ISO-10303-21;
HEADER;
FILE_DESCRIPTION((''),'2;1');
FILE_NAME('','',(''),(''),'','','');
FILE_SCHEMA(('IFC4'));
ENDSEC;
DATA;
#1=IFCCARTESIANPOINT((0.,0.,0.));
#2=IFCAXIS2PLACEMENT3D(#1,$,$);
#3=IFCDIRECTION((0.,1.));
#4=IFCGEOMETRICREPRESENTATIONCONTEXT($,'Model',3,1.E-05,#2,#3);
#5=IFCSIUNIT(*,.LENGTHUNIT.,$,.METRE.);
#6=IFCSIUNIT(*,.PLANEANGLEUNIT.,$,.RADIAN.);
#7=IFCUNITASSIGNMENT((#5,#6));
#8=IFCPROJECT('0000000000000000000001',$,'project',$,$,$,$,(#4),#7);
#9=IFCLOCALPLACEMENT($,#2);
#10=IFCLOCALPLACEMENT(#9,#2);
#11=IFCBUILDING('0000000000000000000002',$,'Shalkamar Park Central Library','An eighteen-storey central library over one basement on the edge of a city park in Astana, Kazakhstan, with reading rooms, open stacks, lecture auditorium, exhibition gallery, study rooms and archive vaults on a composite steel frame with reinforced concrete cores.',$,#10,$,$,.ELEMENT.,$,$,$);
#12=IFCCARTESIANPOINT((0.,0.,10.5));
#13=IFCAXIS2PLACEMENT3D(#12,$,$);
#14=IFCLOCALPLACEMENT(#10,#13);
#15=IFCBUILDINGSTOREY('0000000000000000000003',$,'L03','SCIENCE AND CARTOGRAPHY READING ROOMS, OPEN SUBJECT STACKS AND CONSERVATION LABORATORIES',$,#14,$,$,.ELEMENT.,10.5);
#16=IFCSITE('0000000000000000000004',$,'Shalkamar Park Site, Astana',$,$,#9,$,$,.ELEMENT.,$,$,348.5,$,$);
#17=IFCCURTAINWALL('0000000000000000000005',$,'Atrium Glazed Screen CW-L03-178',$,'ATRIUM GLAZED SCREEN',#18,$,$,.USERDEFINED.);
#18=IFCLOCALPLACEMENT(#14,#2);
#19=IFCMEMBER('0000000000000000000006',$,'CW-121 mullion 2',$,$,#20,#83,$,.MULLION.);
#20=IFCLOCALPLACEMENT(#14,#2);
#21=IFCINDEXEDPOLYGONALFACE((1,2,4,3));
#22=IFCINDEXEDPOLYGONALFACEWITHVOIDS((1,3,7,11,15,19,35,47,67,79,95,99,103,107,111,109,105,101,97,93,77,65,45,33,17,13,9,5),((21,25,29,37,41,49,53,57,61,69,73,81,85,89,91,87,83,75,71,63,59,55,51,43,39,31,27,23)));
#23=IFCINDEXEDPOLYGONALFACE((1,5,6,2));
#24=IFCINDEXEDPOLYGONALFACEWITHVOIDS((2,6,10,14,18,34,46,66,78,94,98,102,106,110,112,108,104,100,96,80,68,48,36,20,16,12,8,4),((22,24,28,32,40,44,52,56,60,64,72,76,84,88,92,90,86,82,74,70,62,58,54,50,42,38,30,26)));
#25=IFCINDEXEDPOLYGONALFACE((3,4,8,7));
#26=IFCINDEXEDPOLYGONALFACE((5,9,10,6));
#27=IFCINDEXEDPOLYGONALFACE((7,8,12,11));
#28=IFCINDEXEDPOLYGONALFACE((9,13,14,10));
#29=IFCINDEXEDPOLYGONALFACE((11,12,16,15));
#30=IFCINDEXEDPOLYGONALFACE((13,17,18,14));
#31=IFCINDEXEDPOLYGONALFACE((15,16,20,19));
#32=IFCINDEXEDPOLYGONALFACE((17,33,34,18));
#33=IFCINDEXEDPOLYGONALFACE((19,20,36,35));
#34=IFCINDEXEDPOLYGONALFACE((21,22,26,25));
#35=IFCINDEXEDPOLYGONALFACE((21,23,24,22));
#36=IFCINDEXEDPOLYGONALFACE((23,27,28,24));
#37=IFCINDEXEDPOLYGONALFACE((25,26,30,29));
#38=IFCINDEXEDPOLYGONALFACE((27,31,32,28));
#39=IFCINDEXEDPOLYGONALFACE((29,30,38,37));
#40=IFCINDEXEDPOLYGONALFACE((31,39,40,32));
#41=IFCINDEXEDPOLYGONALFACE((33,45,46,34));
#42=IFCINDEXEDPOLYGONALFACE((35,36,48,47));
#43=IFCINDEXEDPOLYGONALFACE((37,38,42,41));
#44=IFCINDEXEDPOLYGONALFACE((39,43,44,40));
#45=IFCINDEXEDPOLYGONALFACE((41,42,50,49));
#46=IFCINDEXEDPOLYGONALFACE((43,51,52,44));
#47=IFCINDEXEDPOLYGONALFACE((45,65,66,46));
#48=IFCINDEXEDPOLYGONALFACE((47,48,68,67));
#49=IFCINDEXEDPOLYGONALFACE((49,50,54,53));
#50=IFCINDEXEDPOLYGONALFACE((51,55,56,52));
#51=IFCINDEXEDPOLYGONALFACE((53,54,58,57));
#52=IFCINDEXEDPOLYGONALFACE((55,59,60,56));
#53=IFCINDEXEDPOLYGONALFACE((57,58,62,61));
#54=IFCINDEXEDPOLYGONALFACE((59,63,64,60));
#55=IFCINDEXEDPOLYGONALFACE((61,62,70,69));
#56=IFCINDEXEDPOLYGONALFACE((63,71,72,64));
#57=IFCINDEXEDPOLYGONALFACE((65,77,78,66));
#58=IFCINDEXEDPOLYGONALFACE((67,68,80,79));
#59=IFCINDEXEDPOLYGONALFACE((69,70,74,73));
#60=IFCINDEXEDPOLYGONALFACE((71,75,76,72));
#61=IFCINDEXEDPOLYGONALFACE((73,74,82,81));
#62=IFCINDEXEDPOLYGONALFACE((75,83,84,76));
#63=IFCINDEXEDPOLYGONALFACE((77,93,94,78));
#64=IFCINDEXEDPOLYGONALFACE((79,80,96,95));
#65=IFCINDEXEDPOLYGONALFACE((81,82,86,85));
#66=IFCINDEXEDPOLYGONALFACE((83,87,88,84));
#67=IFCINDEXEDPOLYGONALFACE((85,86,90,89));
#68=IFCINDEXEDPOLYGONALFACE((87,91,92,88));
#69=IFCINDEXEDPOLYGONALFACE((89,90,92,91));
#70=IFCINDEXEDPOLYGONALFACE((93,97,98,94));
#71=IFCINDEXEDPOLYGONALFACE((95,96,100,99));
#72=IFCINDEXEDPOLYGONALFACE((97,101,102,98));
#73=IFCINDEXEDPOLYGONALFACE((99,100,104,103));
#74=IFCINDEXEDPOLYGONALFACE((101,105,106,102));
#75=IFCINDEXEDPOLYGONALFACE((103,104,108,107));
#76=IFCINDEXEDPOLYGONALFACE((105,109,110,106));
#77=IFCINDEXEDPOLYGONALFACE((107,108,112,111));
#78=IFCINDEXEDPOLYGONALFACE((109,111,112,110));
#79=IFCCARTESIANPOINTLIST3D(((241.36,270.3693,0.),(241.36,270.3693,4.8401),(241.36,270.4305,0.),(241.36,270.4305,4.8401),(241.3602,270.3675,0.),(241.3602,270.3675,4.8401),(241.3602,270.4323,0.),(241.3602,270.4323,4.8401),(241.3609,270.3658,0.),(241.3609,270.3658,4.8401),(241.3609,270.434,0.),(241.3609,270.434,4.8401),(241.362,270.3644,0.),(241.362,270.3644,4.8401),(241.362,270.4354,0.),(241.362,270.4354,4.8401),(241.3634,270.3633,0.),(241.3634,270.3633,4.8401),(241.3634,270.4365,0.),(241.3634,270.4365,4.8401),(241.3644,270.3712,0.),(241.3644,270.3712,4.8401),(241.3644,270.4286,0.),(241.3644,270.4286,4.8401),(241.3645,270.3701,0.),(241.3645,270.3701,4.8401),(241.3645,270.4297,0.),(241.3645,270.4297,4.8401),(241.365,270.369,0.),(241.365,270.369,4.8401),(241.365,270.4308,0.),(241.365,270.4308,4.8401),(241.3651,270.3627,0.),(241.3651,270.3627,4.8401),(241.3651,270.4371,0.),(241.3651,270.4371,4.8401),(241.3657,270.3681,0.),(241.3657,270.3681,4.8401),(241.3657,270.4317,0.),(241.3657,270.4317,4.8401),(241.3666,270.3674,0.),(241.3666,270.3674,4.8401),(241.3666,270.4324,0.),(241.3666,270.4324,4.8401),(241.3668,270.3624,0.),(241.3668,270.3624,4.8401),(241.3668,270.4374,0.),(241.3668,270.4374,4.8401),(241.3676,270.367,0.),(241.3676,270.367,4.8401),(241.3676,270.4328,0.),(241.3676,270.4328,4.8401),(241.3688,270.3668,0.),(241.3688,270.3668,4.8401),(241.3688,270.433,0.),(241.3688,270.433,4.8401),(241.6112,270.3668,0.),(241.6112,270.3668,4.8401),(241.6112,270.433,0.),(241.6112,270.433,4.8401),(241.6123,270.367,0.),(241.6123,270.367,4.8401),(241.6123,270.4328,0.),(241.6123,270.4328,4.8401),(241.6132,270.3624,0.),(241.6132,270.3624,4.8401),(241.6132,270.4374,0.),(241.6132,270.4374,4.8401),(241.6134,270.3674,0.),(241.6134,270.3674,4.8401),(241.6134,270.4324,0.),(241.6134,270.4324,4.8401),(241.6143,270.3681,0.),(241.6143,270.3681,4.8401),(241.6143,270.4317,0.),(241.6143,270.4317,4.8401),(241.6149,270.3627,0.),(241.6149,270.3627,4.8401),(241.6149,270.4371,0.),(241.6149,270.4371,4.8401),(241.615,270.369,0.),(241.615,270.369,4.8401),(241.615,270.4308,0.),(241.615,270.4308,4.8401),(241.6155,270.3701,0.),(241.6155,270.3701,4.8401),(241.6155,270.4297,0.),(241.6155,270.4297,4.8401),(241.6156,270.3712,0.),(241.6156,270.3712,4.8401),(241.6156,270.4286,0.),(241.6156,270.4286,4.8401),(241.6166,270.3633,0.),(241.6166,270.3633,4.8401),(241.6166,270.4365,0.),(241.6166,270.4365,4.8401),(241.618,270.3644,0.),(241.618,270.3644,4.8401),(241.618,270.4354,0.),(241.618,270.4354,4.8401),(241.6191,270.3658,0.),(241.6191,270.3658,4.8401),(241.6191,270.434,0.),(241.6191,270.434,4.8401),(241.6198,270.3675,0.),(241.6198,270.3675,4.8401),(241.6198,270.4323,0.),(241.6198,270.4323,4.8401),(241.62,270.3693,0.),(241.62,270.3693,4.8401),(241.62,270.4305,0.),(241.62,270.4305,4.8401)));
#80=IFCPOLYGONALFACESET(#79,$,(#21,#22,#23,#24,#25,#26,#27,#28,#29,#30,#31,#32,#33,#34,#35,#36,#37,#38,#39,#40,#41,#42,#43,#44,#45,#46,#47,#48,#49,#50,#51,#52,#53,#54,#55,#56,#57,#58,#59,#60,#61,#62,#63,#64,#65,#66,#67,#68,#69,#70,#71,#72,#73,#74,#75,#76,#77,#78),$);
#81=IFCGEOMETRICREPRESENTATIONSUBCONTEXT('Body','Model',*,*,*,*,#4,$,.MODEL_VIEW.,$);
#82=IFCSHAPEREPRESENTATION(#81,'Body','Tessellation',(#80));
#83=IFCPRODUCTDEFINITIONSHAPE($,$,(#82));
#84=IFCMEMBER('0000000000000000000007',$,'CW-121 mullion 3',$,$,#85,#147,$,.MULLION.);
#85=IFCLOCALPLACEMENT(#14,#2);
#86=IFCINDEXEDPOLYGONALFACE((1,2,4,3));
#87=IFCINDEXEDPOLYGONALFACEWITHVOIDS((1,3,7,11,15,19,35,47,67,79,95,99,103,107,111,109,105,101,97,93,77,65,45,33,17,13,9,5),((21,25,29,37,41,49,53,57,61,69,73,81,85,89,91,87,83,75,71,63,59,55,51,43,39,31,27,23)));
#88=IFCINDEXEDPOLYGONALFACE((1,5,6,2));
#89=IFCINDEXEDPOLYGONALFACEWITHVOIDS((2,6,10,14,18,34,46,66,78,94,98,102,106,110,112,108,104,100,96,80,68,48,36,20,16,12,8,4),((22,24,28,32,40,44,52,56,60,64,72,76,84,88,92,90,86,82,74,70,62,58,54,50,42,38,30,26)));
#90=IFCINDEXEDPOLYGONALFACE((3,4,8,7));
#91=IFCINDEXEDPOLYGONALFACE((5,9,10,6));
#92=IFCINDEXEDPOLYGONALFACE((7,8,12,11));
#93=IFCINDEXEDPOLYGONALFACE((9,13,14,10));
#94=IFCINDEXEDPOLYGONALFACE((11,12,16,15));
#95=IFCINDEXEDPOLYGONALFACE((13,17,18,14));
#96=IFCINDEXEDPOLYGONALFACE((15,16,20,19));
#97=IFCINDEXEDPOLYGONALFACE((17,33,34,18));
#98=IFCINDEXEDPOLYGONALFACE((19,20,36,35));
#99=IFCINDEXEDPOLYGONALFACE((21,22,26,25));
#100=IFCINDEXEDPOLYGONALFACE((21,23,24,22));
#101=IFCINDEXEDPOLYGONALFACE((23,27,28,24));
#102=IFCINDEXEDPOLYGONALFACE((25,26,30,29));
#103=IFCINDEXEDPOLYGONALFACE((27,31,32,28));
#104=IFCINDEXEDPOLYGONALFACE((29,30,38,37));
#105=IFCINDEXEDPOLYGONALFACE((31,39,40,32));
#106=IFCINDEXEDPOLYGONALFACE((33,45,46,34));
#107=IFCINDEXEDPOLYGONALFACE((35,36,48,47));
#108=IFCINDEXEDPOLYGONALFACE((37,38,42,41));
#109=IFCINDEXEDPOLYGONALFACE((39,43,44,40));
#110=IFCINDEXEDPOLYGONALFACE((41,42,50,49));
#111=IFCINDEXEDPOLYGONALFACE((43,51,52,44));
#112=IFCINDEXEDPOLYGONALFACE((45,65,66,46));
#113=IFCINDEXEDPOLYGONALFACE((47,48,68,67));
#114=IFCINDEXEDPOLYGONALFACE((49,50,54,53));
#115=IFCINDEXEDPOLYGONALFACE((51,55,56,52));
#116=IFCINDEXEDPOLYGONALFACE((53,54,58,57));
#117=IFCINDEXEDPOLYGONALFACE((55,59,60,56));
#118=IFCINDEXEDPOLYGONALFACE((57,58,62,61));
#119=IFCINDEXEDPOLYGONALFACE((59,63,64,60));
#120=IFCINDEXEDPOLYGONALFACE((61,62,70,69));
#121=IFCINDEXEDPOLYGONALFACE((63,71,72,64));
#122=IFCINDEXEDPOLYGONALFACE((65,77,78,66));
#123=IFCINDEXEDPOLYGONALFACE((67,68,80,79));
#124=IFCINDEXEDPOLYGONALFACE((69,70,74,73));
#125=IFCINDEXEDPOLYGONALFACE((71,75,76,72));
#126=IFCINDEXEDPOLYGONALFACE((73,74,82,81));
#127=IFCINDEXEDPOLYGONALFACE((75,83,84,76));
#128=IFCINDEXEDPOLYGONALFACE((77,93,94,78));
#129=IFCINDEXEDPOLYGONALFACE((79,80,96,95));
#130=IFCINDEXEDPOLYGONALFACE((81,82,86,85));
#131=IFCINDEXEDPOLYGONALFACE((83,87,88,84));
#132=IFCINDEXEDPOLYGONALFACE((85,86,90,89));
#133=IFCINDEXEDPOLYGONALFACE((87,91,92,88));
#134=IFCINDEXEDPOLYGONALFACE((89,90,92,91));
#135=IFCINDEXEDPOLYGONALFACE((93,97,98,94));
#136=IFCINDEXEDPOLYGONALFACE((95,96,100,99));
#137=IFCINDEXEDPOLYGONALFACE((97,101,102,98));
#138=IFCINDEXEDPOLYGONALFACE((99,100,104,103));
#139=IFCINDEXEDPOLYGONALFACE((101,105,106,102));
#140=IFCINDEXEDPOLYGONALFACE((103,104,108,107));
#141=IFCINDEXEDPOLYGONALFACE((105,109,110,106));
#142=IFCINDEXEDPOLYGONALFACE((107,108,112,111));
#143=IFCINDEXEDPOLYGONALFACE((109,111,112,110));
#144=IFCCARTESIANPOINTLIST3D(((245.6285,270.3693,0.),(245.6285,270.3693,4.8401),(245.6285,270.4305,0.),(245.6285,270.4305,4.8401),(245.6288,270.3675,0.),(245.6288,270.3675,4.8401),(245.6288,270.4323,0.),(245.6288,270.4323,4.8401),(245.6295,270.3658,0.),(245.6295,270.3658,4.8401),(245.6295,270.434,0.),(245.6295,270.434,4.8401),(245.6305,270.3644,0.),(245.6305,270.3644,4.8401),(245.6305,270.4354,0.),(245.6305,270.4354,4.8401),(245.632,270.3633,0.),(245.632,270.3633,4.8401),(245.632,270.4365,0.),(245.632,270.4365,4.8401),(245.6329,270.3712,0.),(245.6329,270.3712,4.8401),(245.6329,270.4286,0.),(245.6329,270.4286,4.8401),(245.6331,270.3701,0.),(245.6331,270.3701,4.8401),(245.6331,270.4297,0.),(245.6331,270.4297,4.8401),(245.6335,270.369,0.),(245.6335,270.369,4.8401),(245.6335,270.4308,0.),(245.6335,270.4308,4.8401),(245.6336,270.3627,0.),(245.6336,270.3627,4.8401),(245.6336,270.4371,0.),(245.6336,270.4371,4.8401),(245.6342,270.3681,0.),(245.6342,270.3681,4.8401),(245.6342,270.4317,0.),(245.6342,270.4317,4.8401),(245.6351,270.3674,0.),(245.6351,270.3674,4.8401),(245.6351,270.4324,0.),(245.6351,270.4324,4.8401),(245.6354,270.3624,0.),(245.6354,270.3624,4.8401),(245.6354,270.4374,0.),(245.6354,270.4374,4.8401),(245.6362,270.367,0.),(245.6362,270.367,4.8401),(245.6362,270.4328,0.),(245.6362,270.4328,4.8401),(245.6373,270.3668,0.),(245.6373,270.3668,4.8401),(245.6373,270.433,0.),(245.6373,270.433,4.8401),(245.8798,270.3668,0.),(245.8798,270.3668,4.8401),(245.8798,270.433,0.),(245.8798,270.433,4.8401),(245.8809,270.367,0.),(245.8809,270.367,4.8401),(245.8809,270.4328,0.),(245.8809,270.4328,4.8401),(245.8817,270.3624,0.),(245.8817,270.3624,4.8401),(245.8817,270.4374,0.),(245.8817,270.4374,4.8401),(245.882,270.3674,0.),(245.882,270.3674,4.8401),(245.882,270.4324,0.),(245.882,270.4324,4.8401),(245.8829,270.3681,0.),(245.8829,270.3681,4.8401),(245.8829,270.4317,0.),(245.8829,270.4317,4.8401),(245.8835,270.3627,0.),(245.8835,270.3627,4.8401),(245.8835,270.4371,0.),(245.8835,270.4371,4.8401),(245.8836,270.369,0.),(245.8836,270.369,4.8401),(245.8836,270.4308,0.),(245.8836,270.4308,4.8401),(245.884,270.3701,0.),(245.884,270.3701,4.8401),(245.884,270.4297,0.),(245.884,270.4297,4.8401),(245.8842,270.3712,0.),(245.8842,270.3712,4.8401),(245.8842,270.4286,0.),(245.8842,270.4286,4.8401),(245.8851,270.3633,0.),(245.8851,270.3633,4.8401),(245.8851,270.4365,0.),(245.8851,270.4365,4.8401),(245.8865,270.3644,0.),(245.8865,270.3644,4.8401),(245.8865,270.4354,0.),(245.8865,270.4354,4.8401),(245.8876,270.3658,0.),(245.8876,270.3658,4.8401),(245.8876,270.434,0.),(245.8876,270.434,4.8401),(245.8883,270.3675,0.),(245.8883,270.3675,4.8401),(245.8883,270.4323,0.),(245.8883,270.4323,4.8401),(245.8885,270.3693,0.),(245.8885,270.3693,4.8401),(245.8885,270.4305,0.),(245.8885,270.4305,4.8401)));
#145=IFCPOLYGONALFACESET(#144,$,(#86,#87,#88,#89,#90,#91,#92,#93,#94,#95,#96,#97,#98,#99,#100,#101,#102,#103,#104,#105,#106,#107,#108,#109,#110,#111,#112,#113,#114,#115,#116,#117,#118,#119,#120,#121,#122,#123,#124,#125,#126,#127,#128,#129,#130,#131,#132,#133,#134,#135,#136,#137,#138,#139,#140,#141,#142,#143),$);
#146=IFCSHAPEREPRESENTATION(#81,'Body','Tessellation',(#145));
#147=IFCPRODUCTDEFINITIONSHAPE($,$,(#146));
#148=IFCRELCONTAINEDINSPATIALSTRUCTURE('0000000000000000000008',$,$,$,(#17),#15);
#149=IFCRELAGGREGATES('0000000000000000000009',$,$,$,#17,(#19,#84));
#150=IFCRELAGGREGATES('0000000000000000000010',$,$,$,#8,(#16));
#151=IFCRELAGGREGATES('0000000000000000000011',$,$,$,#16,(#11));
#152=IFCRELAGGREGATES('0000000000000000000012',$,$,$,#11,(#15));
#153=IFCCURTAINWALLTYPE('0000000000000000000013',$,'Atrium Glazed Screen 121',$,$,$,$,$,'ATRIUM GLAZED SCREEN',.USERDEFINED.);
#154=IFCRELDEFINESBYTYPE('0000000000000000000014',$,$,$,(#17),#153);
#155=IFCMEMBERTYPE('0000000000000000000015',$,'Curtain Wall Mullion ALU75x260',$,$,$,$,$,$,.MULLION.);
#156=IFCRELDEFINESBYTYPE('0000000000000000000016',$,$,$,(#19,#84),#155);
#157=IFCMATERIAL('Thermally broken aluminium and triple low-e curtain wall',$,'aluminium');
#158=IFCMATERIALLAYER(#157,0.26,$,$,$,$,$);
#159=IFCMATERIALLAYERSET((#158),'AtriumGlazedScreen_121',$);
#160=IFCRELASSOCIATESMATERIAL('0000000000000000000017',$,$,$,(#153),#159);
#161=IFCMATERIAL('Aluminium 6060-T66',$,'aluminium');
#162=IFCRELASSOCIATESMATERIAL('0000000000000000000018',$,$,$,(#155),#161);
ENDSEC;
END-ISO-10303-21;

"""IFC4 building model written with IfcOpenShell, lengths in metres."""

from ifc_helpers import new_model, si_unit, direction, frame, origin, origin_2d, place, context, subcontext, project, spatial, hollow_rectangle, extrude, material, layer, layer_set, material_profile, profile_set, type_object, element, aggregate, save


model = new_model("IFC4")

# Units and contexts
model_context = context("Model", 3, precision=1e-05, world=origin(), true_north=direction((0.0, 1.0)))
body_context = subcontext(model_context, "Body", "Model", "MODEL_VIEW")
ifc_project = project(units=[si_unit("LENGTHUNIT", "METRE"), si_unit("PLANEANGLEUNIT", "RADIAN")], contexts=[model_context])

# Site, building, storey
site_placement = place(None, origin())
site = spatial("IfcSite", under=ifc_project, at=site_placement, Name="Shalkamar Park Site, Astana", CompositionType="ELEMENT", RefElevation=348.5)
building_placement = place(site_placement, origin())
building = spatial("IfcBuilding", under=site, at=building_placement, Name="Shalkamar Park Central Library", Description="An eighteen-storey central library over one basement on the edge of a city park in Astana, Kazakhstan, with reading rooms, open stacks, lecture auditorium, exhibition gallery, study rooms and archive vaults on a composite steel frame with reinforced concrete cores.", CompositionType="ELEMENT")
storey_placement = place(building_placement, frame((0.0, 0.0, 10.5)))
storey = spatial("IfcBuildingStorey", under=building, at=storey_placement, Name="L03", Description="SCIENCE AND CARTOGRAPHY READING ROOMS, OPEN SUBJECT STACKS AND CONSERVATION LABORATORIES", CompositionType="ELEMENT", Elevation=10.5)

# Curtain wall, members
ifc_material_1 = material(Name="Thermally broken aluminium and triple low-e curtain wall", Category="aluminium")
ifc_layer_1 = layer(ifc_material_1, 0.26)
ifc_layer_set_1 = layer_set([ifc_layer_1], Name="AtriumGlazedScreen_121")
curtain_wall_type = type_object("IfcCurtainWallType", Name="Atrium Glazed Screen 121", ElementType="ATRIUM GLAZED SCREEN", PredefinedType="USERDEFINED", material=ifc_layer_set_1)
curtain_wall_placement = place(storey_placement, origin())
curtain_wall = element("IfcCurtainWall", 1, at=curtain_wall_placement, inside=storey, type_object=curtain_wall_type, Name="Atrium Glazed Screen CW-L03-178", ObjectType="ATRIUM GLAZED SCREEN", PredefinedType="USERDEFINED")
ifc_material_2 = material(Name="Aluminium 6060-T66", Category="aluminium")
ifc_material_profile_1 = material_profile(ifc_material_2, hollow_rectangle(XDim=0.075, YDim=0.26, WallThickness=0.0044, InnerFilletRadius=0.0044, OuterFilletRadius=0.0068, at=origin_2d()), Name="ALU 75x260x4.5")
ifc_profile_set_1 = profile_set([ifc_material_profile_1], Name="Aluminium 6060-T66")
member_type_1 = type_object("IfcMemberType", Name="Curtain Wall Mullion ALU75x260", PredefinedType="MULLION", material=ifc_profile_set_1)
member_1_placement = place(storey_placement, frame((241.49, 270.3999, 0.0), z_axis=(0.0, 0.0, 1.0), x_axis=(0.0, 1.0, 0.0)))
member_1 = element("IfcMember", 2, at=member_1_placement, type_object=member_type_1, Name="CW-121 mullion 2", PredefinedType="MULLION", context=body_context, shape_type="SweptSolid", body=[
    extrude(hollow_rectangle(XDim=0.075, YDim=0.26, WallThickness=0.0044, InnerFilletRadius=0.0044, OuterFilletRadius=0.0068, at=origin_2d()), origin(), (0.0, 0.0, 1.0), 4.8401),
])
member_2_placement = place(storey_placement, frame((245.7585, 270.3999, 0.0), z_axis=(0.0, 0.0, 1.0), x_axis=(0.0, 1.0, 0.0)))
member_2 = element("IfcMember", 3, at=member_2_placement, type_object=member_type_1, Name="CW-121 mullion 3", PredefinedType="MULLION", context=body_context, shape_type="SweptSolid", body=[
    extrude(hollow_rectangle(XDim=0.075, YDim=0.26, WallThickness=0.0044, InnerFilletRadius=0.0044, OuterFilletRadius=0.0068, at=origin_2d()), origin(), (0.0, 0.0, 1.0), 4.8401),
])

aggregate(curtain_wall, [member_1, member_2])

save(model, "model.ifc")
